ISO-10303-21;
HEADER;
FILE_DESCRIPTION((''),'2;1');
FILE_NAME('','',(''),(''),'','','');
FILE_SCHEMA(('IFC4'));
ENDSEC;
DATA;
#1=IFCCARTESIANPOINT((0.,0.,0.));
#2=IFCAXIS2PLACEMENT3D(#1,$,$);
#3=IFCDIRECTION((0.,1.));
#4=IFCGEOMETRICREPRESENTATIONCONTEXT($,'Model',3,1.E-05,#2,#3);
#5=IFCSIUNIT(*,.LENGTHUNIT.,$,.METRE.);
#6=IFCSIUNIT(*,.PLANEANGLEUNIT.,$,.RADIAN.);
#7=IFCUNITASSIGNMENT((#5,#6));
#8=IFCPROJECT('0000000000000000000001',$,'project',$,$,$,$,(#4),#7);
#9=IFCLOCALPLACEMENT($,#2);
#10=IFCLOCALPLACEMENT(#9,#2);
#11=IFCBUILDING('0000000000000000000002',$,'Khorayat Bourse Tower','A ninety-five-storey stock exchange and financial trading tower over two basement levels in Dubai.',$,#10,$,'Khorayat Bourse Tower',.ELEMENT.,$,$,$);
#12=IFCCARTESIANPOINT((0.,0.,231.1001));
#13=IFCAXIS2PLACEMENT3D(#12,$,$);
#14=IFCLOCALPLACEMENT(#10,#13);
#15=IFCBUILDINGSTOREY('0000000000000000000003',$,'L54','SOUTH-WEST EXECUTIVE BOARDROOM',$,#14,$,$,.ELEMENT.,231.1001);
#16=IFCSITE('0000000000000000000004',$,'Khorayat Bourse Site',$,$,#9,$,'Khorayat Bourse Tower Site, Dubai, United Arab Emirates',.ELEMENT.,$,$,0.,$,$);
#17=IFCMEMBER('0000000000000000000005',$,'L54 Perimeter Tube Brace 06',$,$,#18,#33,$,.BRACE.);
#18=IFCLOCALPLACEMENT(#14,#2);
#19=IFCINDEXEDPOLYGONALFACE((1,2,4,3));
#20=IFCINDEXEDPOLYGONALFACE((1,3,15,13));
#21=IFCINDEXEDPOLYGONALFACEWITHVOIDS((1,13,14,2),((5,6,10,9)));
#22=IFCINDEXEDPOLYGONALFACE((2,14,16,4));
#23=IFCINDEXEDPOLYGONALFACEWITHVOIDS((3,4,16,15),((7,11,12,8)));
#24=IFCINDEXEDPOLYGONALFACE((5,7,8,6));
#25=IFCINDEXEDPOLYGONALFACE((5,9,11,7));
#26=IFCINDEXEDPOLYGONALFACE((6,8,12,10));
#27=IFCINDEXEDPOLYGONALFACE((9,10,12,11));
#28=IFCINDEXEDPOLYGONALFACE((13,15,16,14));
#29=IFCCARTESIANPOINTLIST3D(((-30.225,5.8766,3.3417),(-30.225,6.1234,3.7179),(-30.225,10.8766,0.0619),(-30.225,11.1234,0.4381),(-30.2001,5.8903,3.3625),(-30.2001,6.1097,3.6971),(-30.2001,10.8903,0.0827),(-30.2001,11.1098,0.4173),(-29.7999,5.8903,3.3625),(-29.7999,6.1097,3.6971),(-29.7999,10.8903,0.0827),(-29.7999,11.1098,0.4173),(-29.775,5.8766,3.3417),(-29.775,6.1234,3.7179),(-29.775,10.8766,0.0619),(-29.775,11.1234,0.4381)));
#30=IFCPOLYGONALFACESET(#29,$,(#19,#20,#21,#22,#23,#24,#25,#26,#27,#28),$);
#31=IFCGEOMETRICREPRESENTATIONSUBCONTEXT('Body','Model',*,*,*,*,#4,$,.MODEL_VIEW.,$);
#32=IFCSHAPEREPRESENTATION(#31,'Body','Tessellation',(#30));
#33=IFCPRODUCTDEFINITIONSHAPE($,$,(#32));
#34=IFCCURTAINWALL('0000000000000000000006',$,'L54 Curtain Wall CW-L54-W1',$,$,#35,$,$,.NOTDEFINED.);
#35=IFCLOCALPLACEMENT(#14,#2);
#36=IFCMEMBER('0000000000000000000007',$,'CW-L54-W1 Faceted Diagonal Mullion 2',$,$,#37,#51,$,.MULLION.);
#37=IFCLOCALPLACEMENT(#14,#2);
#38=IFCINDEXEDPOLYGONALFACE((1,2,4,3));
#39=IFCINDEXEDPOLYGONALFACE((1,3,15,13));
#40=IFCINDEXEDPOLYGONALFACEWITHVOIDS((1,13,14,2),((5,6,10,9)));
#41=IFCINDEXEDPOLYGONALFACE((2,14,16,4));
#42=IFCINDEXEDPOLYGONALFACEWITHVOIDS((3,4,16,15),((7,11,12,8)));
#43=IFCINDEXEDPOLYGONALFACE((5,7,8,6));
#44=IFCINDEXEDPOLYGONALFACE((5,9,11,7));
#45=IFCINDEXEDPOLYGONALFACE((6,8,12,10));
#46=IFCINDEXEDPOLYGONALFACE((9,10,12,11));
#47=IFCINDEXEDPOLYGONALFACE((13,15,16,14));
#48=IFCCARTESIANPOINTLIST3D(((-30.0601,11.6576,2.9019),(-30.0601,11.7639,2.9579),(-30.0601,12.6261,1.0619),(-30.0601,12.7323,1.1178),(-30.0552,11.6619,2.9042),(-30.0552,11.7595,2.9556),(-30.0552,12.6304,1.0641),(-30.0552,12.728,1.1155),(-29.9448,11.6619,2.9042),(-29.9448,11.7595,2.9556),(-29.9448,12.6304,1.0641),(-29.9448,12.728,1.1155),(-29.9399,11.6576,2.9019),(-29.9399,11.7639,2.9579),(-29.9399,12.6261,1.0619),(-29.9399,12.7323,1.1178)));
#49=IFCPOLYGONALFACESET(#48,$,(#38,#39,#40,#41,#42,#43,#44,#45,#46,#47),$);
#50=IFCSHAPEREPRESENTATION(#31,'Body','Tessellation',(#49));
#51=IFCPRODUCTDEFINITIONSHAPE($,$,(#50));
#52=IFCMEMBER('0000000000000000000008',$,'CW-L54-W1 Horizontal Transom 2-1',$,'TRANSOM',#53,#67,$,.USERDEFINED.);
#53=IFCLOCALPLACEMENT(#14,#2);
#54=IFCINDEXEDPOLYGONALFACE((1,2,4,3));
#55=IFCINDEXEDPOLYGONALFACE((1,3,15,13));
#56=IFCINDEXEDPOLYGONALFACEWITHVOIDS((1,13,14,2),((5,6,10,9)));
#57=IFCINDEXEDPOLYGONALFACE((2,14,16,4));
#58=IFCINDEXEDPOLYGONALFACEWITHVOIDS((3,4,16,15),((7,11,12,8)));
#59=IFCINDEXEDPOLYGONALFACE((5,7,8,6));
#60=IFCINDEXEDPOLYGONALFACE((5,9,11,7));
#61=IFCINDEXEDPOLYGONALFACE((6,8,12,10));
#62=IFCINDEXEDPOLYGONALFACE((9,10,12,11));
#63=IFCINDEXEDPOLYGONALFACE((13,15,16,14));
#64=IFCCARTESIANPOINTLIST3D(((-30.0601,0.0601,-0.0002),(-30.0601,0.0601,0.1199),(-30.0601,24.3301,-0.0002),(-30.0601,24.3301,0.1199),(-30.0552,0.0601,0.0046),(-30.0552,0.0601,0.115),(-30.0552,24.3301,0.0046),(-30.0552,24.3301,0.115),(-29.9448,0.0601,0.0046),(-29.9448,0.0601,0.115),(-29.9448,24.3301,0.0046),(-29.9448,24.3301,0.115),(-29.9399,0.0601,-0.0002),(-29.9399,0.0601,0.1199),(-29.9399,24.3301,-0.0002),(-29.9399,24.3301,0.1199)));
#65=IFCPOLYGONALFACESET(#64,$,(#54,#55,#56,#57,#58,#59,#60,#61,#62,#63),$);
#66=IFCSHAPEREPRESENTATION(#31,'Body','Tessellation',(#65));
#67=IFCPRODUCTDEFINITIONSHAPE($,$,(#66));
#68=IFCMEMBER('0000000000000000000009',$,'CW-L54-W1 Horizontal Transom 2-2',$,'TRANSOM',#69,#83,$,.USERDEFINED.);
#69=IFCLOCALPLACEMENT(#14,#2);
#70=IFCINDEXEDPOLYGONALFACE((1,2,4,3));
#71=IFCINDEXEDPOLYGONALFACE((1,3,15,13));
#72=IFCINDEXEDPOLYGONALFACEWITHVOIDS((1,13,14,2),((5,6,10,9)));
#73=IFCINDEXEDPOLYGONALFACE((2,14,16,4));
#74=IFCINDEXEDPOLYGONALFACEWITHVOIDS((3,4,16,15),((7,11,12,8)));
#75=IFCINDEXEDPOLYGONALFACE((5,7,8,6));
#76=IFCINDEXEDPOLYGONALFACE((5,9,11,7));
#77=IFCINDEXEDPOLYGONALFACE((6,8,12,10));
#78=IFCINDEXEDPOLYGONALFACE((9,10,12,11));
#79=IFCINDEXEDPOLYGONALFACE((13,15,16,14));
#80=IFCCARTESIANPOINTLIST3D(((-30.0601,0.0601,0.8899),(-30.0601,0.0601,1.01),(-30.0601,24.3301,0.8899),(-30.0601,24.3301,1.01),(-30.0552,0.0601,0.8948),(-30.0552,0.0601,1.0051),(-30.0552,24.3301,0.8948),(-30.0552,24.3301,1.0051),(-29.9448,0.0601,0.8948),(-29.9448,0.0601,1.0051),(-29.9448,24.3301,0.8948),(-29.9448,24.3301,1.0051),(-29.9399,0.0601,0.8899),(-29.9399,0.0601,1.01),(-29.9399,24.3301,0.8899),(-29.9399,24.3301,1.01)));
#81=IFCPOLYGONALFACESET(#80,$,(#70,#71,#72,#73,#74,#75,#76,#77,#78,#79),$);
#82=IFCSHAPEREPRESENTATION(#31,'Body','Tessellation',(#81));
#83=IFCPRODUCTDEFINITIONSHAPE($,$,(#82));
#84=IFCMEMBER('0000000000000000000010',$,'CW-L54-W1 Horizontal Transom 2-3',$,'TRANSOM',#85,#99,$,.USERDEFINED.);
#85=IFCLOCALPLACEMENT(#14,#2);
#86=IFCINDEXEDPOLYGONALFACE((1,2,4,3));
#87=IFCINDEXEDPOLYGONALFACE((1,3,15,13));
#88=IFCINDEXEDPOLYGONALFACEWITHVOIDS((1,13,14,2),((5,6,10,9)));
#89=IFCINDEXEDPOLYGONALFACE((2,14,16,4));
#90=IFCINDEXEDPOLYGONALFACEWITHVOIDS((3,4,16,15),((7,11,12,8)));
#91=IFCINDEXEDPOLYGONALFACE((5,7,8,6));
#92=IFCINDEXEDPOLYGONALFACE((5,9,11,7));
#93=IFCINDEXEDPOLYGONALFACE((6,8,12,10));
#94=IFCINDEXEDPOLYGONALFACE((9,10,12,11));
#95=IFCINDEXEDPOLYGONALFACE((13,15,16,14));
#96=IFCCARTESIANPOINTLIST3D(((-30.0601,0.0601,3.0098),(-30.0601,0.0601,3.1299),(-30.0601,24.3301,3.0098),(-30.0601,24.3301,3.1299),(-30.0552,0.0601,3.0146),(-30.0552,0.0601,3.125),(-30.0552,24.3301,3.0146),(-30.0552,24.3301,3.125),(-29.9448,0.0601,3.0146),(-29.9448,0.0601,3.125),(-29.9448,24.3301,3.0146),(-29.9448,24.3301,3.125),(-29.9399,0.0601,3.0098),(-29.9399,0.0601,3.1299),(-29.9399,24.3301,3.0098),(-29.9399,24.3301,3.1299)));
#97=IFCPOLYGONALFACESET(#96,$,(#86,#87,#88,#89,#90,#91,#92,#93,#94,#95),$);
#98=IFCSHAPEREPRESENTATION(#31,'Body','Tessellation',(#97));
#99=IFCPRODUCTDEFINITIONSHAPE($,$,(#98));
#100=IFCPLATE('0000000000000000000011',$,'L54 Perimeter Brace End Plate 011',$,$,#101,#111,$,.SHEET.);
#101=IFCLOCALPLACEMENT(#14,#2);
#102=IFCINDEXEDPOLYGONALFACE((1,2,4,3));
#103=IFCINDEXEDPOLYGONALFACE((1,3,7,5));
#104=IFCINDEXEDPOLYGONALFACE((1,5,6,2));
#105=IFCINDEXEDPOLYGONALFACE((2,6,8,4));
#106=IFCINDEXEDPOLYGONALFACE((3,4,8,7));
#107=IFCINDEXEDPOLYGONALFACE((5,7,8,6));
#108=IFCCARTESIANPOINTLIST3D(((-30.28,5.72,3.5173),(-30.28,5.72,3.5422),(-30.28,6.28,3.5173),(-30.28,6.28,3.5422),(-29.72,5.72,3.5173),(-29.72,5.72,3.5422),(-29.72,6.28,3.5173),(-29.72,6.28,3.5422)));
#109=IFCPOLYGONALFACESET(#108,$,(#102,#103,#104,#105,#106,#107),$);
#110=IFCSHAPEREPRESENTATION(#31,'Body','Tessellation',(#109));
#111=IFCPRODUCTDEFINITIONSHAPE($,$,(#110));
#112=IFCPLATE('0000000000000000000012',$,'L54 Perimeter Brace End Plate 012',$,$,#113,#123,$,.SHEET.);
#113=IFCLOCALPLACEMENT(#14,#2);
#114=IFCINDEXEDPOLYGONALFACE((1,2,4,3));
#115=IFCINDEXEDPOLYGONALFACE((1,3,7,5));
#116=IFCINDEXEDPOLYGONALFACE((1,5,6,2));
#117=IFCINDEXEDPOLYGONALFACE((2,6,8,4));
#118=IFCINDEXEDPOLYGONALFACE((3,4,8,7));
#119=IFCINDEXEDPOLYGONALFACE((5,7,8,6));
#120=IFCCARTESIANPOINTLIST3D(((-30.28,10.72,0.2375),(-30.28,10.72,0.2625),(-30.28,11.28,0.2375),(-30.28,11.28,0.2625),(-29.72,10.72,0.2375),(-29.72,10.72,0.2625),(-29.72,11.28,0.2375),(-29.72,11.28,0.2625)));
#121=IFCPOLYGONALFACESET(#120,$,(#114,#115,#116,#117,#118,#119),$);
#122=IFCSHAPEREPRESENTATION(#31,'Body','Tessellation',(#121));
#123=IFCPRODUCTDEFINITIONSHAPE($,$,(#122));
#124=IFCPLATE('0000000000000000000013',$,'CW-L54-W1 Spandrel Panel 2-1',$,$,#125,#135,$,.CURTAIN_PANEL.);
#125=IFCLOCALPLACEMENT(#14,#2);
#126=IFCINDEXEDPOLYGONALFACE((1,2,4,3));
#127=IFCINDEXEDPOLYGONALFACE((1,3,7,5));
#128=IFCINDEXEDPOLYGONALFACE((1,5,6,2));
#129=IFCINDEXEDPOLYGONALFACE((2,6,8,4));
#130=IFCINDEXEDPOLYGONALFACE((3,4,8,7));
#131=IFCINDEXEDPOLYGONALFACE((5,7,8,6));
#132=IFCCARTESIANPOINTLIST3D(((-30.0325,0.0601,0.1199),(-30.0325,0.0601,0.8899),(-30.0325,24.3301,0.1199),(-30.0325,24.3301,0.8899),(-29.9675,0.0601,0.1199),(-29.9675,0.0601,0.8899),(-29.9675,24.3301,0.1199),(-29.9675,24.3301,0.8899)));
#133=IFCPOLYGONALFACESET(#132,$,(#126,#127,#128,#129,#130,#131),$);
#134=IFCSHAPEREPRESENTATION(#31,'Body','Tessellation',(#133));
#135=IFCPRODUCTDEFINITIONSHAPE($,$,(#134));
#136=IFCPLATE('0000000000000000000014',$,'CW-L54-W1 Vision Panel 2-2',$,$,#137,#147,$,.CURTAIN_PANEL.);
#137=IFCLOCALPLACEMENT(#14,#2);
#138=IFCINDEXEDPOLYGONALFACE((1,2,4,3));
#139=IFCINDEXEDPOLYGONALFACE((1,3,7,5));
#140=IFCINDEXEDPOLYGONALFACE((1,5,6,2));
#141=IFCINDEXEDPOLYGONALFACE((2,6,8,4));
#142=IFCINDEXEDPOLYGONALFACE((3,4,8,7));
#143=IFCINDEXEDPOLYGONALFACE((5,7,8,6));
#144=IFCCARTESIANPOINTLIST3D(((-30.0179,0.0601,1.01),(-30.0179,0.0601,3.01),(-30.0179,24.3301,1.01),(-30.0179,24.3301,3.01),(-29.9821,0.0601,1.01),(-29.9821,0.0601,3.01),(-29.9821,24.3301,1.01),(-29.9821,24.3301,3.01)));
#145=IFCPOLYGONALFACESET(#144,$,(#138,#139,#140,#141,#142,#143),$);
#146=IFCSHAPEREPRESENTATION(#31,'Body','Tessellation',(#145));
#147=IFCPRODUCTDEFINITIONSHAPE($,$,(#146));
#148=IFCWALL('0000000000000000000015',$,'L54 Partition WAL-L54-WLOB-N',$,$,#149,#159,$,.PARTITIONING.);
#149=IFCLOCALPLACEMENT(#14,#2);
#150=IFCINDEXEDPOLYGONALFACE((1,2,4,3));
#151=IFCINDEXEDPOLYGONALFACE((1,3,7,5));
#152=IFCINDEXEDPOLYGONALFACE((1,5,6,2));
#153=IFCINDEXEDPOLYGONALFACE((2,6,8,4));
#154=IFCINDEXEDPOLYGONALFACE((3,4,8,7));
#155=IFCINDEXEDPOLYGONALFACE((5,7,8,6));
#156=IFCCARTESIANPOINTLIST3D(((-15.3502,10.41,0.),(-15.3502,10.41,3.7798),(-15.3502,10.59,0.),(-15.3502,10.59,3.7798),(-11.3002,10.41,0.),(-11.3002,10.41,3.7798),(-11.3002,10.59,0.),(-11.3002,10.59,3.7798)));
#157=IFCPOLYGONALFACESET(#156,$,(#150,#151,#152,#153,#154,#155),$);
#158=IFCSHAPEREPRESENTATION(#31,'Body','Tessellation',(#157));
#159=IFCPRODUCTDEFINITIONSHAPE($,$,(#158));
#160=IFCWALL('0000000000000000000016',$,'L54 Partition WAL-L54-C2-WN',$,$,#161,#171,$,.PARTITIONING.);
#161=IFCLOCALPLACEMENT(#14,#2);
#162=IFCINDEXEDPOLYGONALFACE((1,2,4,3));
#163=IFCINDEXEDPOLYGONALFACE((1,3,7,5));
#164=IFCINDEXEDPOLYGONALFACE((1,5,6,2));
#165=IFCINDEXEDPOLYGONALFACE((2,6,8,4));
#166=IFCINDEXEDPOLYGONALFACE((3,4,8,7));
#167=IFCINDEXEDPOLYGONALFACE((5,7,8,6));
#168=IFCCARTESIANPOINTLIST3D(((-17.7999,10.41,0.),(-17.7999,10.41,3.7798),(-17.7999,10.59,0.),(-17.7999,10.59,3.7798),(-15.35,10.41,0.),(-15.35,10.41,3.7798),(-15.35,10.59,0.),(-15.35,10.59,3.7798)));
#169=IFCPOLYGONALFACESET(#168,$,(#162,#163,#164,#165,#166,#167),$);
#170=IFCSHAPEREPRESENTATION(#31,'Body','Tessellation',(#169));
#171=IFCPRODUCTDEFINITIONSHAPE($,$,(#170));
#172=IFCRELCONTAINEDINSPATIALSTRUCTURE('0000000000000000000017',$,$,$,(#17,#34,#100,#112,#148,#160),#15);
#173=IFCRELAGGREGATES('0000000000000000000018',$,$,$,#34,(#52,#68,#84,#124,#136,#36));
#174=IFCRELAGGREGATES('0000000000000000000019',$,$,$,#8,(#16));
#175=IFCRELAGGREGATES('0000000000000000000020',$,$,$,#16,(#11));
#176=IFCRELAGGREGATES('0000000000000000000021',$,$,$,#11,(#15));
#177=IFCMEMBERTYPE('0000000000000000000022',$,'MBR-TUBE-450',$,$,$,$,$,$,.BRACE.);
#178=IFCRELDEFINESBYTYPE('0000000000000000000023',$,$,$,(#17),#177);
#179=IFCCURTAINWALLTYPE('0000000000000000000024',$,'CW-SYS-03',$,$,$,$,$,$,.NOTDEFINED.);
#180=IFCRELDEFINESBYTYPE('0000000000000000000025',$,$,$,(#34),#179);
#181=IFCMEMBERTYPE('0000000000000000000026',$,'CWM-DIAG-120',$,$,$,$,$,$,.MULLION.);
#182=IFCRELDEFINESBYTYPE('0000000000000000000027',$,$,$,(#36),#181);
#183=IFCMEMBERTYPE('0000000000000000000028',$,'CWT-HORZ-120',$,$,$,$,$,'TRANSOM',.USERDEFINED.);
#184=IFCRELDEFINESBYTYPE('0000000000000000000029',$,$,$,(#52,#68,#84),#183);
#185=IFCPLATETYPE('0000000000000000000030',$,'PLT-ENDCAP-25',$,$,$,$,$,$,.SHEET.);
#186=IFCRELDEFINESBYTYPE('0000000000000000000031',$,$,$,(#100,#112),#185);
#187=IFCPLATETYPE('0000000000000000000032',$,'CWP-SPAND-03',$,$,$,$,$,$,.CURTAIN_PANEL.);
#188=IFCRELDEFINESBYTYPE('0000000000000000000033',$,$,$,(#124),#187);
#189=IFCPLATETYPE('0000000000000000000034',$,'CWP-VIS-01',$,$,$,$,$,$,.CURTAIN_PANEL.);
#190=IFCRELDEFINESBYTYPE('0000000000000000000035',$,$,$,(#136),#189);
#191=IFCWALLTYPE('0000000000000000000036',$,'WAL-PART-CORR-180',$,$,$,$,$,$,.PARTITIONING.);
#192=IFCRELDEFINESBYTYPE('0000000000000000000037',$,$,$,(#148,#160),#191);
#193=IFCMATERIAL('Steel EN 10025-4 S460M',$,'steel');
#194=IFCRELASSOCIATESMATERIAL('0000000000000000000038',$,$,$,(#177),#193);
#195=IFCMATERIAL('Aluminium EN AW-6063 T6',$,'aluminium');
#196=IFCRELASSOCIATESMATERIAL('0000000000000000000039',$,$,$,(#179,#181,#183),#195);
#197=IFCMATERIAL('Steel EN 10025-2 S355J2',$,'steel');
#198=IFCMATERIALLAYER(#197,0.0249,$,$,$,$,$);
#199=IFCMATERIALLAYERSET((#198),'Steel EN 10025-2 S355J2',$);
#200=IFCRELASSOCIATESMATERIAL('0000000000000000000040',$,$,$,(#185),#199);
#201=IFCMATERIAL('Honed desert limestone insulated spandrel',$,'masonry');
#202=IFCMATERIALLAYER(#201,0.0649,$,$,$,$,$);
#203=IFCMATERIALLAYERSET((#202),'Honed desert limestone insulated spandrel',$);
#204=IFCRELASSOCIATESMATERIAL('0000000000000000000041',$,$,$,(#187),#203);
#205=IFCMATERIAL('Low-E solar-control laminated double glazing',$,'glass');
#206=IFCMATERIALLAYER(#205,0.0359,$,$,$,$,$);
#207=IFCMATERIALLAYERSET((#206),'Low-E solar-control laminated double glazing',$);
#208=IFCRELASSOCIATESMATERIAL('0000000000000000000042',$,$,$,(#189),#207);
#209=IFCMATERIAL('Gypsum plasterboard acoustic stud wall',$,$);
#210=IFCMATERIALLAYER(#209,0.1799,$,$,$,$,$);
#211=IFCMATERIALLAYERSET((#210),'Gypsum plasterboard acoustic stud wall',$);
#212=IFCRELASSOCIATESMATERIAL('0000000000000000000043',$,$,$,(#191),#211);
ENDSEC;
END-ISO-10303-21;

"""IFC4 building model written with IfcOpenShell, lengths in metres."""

from ifc_helpers import new_model, si_unit, direction, frame, frame_2d, origin, origin_2d, place, context, subcontext, project, spatial, rectangle, hollow_rectangle, extrude, source, transform, mapped, material, layer, layer_set, material_profile, profile_set, type_object, element, aggregate, save


model = new_model("IFC4")

# Units and contexts
model_context = context("Model", 3, precision=1e-05, world=origin(), true_north=direction((0.0, 1.0)))
body_context = subcontext(model_context, "Body", "Model", "MODEL_VIEW")
ifc_project = project(units=[si_unit("LENGTHUNIT", "METRE"), si_unit("PLANEANGLEUNIT", "RADIAN")], contexts=[model_context])

# Site, building, storey
site_placement = place(None, origin())
site = spatial("IfcSite", under=ifc_project, at=site_placement, Name="Khorayat Bourse Site", LongName="Khorayat Bourse Tower Site, Dubai, United Arab Emirates", CompositionType="ELEMENT", RefElevation=0.0)
building_placement = place(site_placement, origin())
building = spatial("IfcBuilding", under=site, at=building_placement, Name="Khorayat Bourse Tower", Description="A ninety-five-storey stock exchange and financial trading tower over two basement levels in Dubai.", LongName="Khorayat Bourse Tower", CompositionType="ELEMENT")
storey_placement = place(building_placement, frame((0.0, 0.0, 231.1001)))
storey = spatial("IfcBuildingStorey", under=building, at=storey_placement, Name="L54", Description="SOUTH-WEST EXECUTIVE BOARDROOM", CompositionType="ELEMENT", Elevation=231.1001)

# Shared definitions
ifc_material_1 = material(Name="Steel EN 10025-4 S460M", Category="steel")

# Member
ifc_material_profile_1 = material_profile(ifc_material_1, hollow_rectangle(XDim=0.45, YDim=0.45, WallThickness=0.0249, at=origin_2d()), Name="HSS 450x450x25")
ifc_profile_set_1 = profile_set([ifc_material_profile_1], Name="Steel EN 10025-4 S460M")
member_type_1 = type_object("IfcMemberType", Name="MBR-TUBE-450", PredefinedType="BRACE", material=ifc_profile_set_1)
shared_shape_1 = source(origin(), body_context, "Body", "SweptSolid", [
    extrude(hollow_rectangle(XDim=0.45, YDim=0.45, WallThickness=0.0249, at=origin_2d()), origin(), (0.0, 0.0, 1.0), 5.9797),
])
member_1_placement = place(storey_placement, frame((-30.0, 6.0, 3.5298), z_axis=(0.0, 0.83616, -0.548485), x_axis=(-1.0, 0.0, 0.0)))
element("IfcMember", 1, at=member_1_placement, inside=storey, type_object=member_type_1, Name="L54 Perimeter Tube Brace 06", PredefinedType="BRACE", context=body_context, shape_type="MappedRepresentation", body=[
    mapped(shared_shape_1, transform((0.0, 0.0, 0.0), scale=1.0)),
])

# Curtain wall, members
ifc_material_2 = material(Name="Aluminium EN AW-6063 T6", Category="aluminium")
curtain_wall_type = type_object("IfcCurtainWallType", Name="CW-SYS-03", PredefinedType="NOTDEFINED", material=ifc_material_2)
curtain_wall_placement = place(storey_placement, origin())
curtain_wall = element("IfcCurtainWall", 2, at=curtain_wall_placement, inside=storey, type_object=curtain_wall_type, Name="L54 Curtain Wall CW-L54-W1", PredefinedType="NOTDEFINED")
ifc_material_profile_2 = material_profile(ifc_material_2, hollow_rectangle(XDim=0.1201, YDim=0.1201, WallThickness=0.0049, at=origin_2d()), Name="ALU 120x120x5")
ifc_profile_set_2 = profile_set([ifc_material_profile_2], Name="Aluminium EN AW-6063 T6")
member_type_2 = type_object("IfcMemberType", Name="CWM-DIAG-120", PredefinedType="MULLION", material=ifc_profile_set_2)
shared_shape_2 = source(origin(), body_context, "Body", "SweptSolid", [
    extrude(hollow_rectangle(XDim=0.1201, YDim=0.1201, WallThickness=0.0049, at=origin_2d()), origin(), (0.0, 0.0, 1.0), 2.0793),
])
member_2_placement = place(storey_placement, frame((-30.0, 12.6792, 1.0898), z_axis=(0.0, -0.465761, 0.884911), x_axis=(1.0, 0.0, 0.0)))
member_2 = element("IfcMember", 3, at=member_2_placement, type_object=member_type_2, Name="CW-L54-W1 Faceted Diagonal Mullion 2", PredefinedType="MULLION", context=body_context, shape_type="MappedRepresentation", body=[
    mapped(shared_shape_2, transform((0.0, 0.0, 0.0), scale=1.0)),
])
ifc_material_profile_3 = material_profile(ifc_material_2, hollow_rectangle(XDim=0.1201, YDim=0.1201, WallThickness=0.0049, at=origin_2d()), Name="ALU 120x120x5")
ifc_profile_set_3 = profile_set([ifc_material_profile_3], Name="Aluminium EN AW-6063 T6")
member_type_3 = type_object("IfcMemberType", Name="CWT-HORZ-120", ElementType="TRANSOM", PredefinedType="USERDEFINED", material=ifc_profile_set_3)
shared_shape_3 = source(origin(), body_context, "Body", "SweptSolid", [
    extrude(hollow_rectangle(XDim=0.1201, YDim=0.1201, WallThickness=0.0049, at=origin_2d()), origin(), (0.0, 0.0, 1.0), 24.27),
])
member_3_placement = place(storey_placement, frame((-30.0, 0.0601, 0.0598), z_axis=(0.0, 1.0, 0.0), x_axis=(-1.0, 0.0, 0.0)))
member_3 = element("IfcMember", 4, at=member_3_placement, type_object=member_type_3, Name="CW-L54-W1 Horizontal Transom 2-1", ObjectType="TRANSOM", PredefinedType="USERDEFINED", context=body_context, shape_type="MappedRepresentation", body=[
    mapped(shared_shape_3, transform((0.0, 0.0, 0.0), scale=1.0)),
])
member_4_placement = place(storey_placement, frame((-30.0, 0.0601, 0.95), z_axis=(0.0, 1.0, 0.0), x_axis=(-1.0, 0.0, 0.0)))
member_4 = element("IfcMember", 5, at=member_4_placement, type_object=member_type_3, Name="CW-L54-W1 Horizontal Transom 2-2", ObjectType="TRANSOM", PredefinedType="USERDEFINED", context=body_context, shape_type="MappedRepresentation", body=[
    mapped(shared_shape_3, transform((0.0, 0.0, 0.0), scale=1.0)),
])
member_5_placement = place(storey_placement, frame((-30.0, 0.0601, 3.0698), z_axis=(0.0, 1.0, 0.0), x_axis=(-1.0, 0.0, 0.0)))
member_5 = element("IfcMember", 6, at=member_5_placement, type_object=member_type_3, Name="CW-L54-W1 Horizontal Transom 2-3", ObjectType="TRANSOM", PredefinedType="USERDEFINED", context=body_context, shape_type="MappedRepresentation", body=[
    mapped(shared_shape_3, transform((0.0, 0.0, 0.0), scale=1.0)),
])

# Plates
ifc_material_3 = material(Name="Steel EN 10025-2 S355J2", Category="steel")
ifc_layer_1 = layer(ifc_material_3, 0.0249)
ifc_layer_set_1 = layer_set([ifc_layer_1], Name="Steel EN 10025-2 S355J2")
plate_type_1 = type_object("IfcPlateType", Name="PLT-ENDCAP-25", PredefinedType="SHEET", material=ifc_layer_set_1)
shared_shape_4 = source(origin(), body_context, "Body", "SweptSolid", [
    extrude(rectangle(XDim=0.5601, YDim=0.5601, at=origin_2d()), origin(), (0.0, 0.0, 1.0), 0.0249),
])
for number, where, z_axis, x_axis, name in (
    (7, (-30.0, 6.0, 3.5173), (0.0, 0.0, 1.0), (1.0, 0.0, 0.0), "L54 Perimeter Brace End Plate 011"),
    (8, (-30.0, 11.0, 0.2375), (0.0, 0.0, 1.0), (1.0, 0.0, 0.0), "L54 Perimeter Brace End Plate 012"),
):
    element("IfcPlate", number, at=place(storey_placement, frame(where, z_axis=z_axis, x_axis=x_axis)), inside=storey, type_object=plate_type_1, Name=name, PredefinedType="SHEET", context=body_context, shape_type="MappedRepresentation", body=[
        mapped(shared_shape_4, transform((0.0, 0.0, 0.0), scale=1.0)),
    ])

# Plates
ifc_material_4 = material(Name="Honed desert limestone insulated spandrel", Category="masonry")
ifc_layer_2 = layer(ifc_material_4, 0.0649)
ifc_layer_set_2 = layer_set([ifc_layer_2], Name="Honed desert limestone insulated spandrel")
plate_type_2 = type_object("IfcPlateType", Name="CWP-SPAND-03", PredefinedType="CURTAIN_PANEL", material=ifc_layer_set_2)
shared_shape_5 = source(origin(), body_context, "Body", "SweptSolid", [
    extrude(rectangle(XDim=24.27, YDim=0.0649, at=origin_2d()), origin(), (0.0, 0.0, 1.0), 0.77),
])
plate_1_placement = place(storey_placement, frame((-30.0, 12.1951, 0.1199), z_axis=(0.0, 0.0, 1.0), x_axis=(0.0, 1.0, 0.0)))
plate_1 = element("IfcPlate", 9, at=plate_1_placement, type_object=plate_type_2, Name="CW-L54-W1 Spandrel Panel 2-1", PredefinedType="CURTAIN_PANEL", context=body_context, shape_type="MappedRepresentation", body=[
    mapped(shared_shape_5, transform((0.0, 0.0, 0.0), scale=1.0)),
])
ifc_material_5 = material(Name="Low-E solar-control laminated double glazing", Category="glass")
ifc_layer_3 = layer(ifc_material_5, 0.0359)
ifc_layer_set_3 = layer_set([ifc_layer_3], Name="Low-E solar-control laminated double glazing")
plate_type_3 = type_object("IfcPlateType", Name="CWP-VIS-01", PredefinedType="CURTAIN_PANEL", material=ifc_layer_set_3)
shared_shape_6 = source(origin(), body_context, "Body", "SweptSolid", [
    extrude(rectangle(XDim=24.27, YDim=0.0359, at=origin_2d()), origin(), (0.0, 0.0, 1.0), 2.0),
])
plate_2_placement = place(storey_placement, frame((-30.0, 12.1951, 1.01), z_axis=(0.0, 0.0, 1.0), x_axis=(0.0, 1.0, 0.0)))
plate_2 = element("IfcPlate", 10, at=plate_2_placement, type_object=plate_type_3, Name="CW-L54-W1 Vision Panel 2-2", PredefinedType="CURTAIN_PANEL", context=body_context, shape_type="MappedRepresentation", body=[
    mapped(shared_shape_6, transform((0.0, 0.0, 0.0), scale=1.0)),
])
aggregate(curtain_wall, [member_3, member_4, member_5, plate_1, plate_2, member_2])

# Walls
ifc_material_6 = material(Name="Gypsum plasterboard acoustic stud wall")
ifc_layer_4 = layer(ifc_material_6, 0.1799)
ifc_layer_set_4 = layer_set([ifc_layer_4], Name="Gypsum plasterboard acoustic stud wall")
wall_type = type_object("IfcWallType", Name="WAL-PART-CORR-180", PredefinedType="PARTITIONING", material=ifc_layer_set_4)
shared_shape_7 = source(origin(), body_context, "Body", "SweptSolid", [
    extrude(rectangle(XDim=4.05, YDim=0.1799, at=frame_2d((2.0249, 0.0))), origin(), (0.0, 0.0, 1.0), 3.7798),
])
wall_1_placement = place(storey_placement, frame((-15.3501, 10.5, 0.0), z_axis=(0.0, 0.0, 1.0), x_axis=(1.0, 0.0, 0.0)))
element("IfcWall", 11, at=wall_1_placement, inside=storey, type_object=wall_type, Name="L54 Partition WAL-L54-WLOB-N", PredefinedType="PARTITIONING", context=body_context, shape_type="MappedRepresentation", body=[
    mapped(shared_shape_7, transform((0.0, 0.0, 0.0), scale=1.0)),
])
shared_shape_8 = source(origin(), body_context, "Body", "SweptSolid", [
    extrude(rectangle(XDim=2.45, YDim=0.1799, at=frame_2d((1.2251, 0.0))), origin(), (0.0, 0.0, 1.0), 3.7798),
])
wall_2_placement = place(storey_placement, frame((-17.8, 10.5, 0.0), z_axis=(0.0, 0.0, 1.0), x_axis=(1.0, 0.0, 0.0)))
element("IfcWall", 12, at=wall_2_placement, inside=storey, type_object=wall_type, Name="L54 Partition WAL-L54-C2-WN", PredefinedType="PARTITIONING", context=body_context, shape_type="MappedRepresentation", body=[
    mapped(shared_shape_8, transform((0.0, 0.0, 0.0), scale=1.0)),
])

save(model, "model.ifc")
